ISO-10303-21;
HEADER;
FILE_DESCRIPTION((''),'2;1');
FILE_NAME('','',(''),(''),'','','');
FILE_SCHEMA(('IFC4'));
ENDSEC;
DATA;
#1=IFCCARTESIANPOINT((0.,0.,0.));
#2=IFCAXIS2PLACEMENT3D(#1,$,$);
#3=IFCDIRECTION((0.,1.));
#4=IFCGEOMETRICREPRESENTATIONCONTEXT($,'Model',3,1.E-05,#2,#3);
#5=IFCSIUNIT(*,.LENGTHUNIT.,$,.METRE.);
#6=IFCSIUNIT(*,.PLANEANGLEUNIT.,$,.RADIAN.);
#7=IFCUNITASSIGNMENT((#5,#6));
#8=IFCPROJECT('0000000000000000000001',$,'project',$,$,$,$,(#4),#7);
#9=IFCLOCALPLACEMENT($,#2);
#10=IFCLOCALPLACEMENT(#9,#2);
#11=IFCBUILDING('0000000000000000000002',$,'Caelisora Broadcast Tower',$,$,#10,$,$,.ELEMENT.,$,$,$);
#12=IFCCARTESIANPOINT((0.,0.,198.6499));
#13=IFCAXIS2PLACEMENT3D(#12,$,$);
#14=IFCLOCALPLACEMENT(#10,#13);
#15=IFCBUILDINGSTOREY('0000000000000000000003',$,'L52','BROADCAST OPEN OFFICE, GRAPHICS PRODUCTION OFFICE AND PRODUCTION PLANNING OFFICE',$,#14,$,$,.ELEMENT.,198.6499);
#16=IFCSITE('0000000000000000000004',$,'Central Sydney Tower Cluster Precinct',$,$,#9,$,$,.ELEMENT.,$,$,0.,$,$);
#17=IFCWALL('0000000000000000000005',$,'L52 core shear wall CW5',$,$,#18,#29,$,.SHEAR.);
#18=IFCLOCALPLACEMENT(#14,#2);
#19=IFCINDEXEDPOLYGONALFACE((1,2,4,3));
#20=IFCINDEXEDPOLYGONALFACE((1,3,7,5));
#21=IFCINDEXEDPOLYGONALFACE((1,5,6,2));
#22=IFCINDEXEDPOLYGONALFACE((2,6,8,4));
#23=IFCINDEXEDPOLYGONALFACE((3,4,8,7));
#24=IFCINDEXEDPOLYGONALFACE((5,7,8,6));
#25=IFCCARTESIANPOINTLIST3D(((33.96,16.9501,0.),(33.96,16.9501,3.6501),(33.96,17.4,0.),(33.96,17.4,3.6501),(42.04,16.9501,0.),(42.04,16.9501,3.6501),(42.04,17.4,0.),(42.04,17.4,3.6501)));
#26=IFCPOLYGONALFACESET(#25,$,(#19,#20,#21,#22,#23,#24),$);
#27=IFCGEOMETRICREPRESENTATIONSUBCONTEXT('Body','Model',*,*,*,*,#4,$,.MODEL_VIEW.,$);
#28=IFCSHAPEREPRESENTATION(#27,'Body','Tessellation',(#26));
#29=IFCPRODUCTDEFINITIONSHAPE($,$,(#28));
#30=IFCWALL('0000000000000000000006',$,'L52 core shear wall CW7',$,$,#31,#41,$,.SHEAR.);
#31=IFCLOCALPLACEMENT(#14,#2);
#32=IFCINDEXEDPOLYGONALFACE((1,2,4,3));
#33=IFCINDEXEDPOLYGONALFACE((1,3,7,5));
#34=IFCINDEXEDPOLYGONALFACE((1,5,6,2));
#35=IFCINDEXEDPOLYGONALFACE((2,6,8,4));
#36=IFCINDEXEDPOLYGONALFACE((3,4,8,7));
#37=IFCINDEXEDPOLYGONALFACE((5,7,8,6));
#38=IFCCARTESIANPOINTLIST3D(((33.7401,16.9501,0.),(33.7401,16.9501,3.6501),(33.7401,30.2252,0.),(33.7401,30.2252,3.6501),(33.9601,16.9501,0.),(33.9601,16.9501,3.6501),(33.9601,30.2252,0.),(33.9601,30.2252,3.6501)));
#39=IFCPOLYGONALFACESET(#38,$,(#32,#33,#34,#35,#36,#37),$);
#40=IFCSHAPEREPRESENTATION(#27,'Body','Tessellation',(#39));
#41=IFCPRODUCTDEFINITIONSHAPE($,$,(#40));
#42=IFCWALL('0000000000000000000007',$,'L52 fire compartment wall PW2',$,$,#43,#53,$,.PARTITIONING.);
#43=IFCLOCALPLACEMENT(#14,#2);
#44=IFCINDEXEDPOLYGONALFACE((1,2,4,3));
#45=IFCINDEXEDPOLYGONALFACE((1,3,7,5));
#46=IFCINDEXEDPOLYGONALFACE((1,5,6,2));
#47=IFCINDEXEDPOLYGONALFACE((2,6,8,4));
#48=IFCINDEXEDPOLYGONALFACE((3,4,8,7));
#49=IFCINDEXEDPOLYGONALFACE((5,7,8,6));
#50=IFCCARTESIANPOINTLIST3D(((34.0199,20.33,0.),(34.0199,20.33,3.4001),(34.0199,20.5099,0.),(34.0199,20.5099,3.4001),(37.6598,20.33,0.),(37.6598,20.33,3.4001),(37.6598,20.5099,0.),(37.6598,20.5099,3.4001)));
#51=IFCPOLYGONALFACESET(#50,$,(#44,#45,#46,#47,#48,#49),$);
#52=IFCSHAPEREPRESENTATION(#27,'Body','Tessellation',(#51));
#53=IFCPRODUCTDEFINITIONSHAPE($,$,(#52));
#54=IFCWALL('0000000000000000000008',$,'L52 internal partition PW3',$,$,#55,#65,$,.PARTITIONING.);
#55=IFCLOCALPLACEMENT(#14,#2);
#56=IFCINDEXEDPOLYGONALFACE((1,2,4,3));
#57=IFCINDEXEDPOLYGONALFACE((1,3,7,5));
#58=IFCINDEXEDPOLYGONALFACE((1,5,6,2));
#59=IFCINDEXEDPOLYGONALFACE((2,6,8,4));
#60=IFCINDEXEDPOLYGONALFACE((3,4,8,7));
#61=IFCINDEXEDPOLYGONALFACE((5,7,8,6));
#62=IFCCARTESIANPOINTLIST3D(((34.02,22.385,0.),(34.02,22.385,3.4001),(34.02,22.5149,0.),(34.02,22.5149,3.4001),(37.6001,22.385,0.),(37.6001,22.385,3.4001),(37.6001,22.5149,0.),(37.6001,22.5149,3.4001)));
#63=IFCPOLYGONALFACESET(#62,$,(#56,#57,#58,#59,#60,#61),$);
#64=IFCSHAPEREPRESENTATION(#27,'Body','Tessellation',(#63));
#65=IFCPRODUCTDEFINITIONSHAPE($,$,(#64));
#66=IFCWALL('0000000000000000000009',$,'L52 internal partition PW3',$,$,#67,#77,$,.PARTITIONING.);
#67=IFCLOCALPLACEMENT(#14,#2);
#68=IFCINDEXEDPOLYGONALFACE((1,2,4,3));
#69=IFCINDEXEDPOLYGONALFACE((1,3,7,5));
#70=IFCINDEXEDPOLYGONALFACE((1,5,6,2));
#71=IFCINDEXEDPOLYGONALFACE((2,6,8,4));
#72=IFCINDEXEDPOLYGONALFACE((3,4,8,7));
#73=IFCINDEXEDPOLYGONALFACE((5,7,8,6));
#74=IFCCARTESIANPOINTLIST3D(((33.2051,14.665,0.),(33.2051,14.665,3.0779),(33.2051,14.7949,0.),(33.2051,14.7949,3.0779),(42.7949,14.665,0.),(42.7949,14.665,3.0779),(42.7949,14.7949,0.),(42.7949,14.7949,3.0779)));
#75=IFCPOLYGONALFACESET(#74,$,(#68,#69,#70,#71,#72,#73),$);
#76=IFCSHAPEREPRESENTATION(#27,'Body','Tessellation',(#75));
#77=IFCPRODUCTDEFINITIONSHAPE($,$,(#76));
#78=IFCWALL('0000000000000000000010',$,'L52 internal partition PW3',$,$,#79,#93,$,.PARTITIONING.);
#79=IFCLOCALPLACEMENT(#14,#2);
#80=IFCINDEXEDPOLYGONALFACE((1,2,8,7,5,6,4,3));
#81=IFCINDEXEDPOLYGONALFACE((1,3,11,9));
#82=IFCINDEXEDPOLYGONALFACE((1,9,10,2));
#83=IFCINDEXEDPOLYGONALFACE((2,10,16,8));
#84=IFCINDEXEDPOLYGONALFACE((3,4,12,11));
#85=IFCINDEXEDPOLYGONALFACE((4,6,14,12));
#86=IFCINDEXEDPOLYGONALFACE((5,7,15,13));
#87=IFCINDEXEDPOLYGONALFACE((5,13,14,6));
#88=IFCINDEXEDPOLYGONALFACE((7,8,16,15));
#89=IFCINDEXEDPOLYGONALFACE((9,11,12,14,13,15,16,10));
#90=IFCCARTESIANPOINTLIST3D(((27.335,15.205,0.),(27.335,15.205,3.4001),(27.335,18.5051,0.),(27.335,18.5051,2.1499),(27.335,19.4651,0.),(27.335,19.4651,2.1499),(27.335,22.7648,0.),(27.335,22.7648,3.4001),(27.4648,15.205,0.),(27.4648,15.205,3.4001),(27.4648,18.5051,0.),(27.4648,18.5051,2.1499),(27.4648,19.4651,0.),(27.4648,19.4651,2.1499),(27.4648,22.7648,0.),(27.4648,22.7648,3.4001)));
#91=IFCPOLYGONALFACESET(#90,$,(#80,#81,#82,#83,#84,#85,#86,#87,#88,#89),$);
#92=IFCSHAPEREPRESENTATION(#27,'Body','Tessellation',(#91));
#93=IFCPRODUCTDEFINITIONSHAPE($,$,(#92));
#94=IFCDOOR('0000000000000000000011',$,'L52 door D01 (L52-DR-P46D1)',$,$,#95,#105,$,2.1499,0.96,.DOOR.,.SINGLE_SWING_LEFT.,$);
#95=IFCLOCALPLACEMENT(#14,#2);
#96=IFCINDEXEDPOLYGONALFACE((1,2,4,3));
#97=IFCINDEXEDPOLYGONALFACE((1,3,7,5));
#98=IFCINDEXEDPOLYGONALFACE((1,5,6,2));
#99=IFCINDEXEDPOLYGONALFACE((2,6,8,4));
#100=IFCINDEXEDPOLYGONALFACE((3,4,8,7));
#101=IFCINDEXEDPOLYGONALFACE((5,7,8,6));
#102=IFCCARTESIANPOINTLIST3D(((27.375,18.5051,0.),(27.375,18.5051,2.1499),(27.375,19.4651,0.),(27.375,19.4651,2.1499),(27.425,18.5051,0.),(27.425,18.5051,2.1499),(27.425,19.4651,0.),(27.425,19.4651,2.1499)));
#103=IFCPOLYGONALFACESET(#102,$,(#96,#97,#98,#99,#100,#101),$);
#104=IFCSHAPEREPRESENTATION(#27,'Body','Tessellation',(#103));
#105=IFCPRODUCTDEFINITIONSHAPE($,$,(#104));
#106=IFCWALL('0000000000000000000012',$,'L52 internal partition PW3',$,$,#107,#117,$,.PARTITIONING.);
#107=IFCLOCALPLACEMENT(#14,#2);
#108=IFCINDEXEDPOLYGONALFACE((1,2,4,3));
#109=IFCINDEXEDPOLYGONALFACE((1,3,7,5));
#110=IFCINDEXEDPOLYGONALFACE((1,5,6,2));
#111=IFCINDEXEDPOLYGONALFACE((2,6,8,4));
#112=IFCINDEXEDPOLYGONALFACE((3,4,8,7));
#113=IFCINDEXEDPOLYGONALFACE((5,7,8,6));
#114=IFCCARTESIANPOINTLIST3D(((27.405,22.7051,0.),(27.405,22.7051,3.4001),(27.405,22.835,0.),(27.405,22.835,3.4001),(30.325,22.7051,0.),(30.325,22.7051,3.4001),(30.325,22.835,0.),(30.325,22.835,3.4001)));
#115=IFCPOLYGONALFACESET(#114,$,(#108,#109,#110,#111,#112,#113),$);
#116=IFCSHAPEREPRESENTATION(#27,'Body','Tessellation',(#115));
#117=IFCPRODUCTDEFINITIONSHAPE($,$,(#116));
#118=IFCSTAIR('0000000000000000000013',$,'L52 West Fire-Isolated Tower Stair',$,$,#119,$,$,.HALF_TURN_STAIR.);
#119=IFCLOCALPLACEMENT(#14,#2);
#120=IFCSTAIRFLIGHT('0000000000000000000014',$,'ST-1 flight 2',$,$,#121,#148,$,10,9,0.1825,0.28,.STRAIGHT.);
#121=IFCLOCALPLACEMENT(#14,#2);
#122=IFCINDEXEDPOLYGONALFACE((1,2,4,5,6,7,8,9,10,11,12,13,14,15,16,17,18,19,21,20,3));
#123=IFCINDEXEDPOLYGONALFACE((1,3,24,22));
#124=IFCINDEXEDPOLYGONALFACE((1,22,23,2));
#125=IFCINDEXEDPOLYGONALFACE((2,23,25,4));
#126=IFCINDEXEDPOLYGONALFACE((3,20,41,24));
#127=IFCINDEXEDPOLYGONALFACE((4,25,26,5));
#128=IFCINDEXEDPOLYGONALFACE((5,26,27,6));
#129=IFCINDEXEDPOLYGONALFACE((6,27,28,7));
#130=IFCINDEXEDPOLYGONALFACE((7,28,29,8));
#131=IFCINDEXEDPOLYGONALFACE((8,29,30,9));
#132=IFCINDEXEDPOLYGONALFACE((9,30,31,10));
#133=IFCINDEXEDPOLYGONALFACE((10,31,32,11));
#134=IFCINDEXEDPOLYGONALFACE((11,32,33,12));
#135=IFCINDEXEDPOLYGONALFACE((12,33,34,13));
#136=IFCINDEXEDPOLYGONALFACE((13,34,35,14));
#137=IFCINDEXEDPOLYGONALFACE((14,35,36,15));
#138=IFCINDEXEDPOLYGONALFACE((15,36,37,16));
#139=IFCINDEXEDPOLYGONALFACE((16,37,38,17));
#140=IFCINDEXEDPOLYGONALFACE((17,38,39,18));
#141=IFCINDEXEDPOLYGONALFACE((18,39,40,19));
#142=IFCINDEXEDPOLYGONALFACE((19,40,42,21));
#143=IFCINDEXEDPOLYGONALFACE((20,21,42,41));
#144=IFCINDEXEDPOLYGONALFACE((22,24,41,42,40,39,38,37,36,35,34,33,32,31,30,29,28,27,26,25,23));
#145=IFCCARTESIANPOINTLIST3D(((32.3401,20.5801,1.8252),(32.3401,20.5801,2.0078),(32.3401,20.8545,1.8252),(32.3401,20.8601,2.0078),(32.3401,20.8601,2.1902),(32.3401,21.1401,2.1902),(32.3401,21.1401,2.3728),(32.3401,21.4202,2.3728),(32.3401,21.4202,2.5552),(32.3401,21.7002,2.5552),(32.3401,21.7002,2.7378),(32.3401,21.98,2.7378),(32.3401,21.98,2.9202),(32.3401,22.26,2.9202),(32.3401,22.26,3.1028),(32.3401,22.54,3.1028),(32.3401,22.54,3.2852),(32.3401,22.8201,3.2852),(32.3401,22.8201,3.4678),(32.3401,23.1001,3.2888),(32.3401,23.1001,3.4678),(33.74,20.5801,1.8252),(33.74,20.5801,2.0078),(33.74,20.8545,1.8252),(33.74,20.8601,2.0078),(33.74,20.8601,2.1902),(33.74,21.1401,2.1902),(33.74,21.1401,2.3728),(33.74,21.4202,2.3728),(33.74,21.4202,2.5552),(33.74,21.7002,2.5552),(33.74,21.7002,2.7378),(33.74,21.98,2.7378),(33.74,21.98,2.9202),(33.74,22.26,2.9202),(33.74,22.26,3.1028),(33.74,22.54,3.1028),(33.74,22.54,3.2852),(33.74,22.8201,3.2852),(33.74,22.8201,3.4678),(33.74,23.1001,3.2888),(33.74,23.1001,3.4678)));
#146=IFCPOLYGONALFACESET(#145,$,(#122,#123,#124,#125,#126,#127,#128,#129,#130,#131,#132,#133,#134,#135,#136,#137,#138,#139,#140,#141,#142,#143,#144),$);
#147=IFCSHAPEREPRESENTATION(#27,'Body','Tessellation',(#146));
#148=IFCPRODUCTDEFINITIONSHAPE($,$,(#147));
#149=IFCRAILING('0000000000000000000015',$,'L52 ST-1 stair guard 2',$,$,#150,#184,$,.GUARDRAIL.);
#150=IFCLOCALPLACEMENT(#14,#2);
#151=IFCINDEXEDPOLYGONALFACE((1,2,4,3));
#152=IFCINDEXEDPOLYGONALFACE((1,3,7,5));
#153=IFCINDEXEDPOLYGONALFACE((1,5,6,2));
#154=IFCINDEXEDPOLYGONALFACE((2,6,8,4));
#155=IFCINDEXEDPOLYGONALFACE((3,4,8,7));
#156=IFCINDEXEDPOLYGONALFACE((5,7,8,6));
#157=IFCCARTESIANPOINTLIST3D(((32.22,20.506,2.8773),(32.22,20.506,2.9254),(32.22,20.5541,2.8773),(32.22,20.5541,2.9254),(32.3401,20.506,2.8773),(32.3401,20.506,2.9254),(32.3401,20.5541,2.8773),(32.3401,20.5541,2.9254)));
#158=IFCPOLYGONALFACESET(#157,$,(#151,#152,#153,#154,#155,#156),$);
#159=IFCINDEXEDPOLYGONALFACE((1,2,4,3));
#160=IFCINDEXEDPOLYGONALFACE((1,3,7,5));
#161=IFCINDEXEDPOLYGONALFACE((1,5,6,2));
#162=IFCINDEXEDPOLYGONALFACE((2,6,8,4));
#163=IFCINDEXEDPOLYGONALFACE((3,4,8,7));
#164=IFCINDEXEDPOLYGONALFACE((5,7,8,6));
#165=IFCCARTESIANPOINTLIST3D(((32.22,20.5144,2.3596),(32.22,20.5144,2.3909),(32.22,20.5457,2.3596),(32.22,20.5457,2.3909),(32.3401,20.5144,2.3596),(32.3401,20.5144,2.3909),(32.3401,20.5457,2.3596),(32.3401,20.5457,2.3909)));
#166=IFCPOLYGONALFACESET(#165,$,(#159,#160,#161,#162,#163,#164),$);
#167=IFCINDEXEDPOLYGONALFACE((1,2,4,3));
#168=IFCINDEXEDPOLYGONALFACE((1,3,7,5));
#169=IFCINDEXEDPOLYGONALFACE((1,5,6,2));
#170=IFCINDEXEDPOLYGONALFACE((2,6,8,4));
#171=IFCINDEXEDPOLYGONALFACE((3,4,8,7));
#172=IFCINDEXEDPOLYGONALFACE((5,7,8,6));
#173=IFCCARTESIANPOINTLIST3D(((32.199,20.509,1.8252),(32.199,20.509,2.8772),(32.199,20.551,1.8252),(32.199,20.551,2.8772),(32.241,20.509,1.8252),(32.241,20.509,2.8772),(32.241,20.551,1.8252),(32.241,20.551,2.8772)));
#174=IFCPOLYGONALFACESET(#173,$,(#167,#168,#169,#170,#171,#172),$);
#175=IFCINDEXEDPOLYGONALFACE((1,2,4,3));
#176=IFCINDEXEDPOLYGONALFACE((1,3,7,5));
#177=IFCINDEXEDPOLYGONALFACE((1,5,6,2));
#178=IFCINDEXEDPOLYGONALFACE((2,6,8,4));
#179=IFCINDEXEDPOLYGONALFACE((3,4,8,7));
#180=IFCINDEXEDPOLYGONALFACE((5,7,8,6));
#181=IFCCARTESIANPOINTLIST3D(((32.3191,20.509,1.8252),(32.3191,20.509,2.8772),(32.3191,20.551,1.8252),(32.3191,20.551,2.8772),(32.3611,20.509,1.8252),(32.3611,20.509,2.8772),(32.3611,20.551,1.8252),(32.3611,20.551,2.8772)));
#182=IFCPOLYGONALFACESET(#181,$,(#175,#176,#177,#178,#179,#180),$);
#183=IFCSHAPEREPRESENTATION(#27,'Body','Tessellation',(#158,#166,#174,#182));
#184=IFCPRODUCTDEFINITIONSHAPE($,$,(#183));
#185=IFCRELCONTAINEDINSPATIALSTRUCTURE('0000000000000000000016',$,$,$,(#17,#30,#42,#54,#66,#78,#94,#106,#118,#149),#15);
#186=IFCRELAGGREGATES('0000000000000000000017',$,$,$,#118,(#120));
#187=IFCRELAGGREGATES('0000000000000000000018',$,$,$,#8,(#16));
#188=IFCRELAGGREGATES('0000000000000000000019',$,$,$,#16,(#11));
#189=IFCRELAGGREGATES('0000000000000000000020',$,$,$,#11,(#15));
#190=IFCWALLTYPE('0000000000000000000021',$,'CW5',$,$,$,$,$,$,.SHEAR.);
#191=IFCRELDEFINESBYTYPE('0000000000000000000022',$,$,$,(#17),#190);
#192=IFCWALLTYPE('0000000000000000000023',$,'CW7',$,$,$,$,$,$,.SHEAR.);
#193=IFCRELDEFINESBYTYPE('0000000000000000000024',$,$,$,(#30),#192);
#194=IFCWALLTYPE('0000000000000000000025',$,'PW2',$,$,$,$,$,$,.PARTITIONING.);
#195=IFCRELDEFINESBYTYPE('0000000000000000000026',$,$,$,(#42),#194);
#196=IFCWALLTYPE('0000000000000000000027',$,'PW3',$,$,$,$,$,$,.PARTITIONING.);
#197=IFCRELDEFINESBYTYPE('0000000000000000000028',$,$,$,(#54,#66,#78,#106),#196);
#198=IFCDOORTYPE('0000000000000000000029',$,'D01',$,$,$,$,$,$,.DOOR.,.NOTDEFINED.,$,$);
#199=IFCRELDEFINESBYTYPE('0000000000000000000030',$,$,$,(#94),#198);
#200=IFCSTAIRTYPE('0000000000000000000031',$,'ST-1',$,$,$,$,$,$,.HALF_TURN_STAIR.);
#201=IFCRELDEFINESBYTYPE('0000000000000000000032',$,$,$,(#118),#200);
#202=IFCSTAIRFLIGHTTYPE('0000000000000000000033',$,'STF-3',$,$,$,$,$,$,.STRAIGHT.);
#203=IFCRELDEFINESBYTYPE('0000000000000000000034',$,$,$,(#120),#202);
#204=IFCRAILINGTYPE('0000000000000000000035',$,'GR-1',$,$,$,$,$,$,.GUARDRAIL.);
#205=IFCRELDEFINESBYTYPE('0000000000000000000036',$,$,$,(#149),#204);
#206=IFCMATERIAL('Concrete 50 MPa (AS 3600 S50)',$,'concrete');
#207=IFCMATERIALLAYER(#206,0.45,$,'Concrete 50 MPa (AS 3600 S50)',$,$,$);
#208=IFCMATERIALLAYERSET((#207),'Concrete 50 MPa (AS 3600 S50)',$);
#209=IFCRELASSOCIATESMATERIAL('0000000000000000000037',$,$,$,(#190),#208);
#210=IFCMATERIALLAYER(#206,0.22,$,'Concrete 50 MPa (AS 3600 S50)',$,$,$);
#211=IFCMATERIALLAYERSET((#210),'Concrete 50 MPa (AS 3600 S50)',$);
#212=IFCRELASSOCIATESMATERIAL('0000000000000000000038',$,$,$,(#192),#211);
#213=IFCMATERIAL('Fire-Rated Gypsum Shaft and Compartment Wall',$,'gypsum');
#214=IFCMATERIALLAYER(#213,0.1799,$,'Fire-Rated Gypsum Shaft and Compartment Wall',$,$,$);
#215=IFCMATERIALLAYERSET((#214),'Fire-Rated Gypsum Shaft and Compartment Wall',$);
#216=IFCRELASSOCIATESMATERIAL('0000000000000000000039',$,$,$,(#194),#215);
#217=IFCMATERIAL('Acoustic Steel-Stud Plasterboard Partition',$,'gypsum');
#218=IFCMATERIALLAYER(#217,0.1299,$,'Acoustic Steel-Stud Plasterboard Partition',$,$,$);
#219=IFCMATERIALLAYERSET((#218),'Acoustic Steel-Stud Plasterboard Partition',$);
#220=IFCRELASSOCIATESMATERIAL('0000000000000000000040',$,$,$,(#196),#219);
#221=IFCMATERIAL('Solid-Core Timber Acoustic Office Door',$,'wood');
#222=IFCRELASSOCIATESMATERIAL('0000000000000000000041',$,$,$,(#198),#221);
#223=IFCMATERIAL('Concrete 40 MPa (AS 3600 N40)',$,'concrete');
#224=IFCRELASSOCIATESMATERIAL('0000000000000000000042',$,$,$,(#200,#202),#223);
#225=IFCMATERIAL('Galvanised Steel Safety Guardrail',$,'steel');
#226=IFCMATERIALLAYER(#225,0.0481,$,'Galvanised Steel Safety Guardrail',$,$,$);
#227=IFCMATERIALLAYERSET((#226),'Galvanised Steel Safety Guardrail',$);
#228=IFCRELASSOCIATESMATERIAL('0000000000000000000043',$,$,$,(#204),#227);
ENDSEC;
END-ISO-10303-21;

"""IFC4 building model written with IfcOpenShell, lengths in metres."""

from ifc_helpers import new_model, si_unit, direction, frame, frame_2d, origin, origin_2d, place, context, subcontext, project, spatial, polyline, rectangle, outline, extrude, material, layer, layer_set, type_object, element, fill, aggregate, save


model = new_model("IFC4")

# Units and contexts
model_context = context("Model", 3, precision=1e-05, world=origin(), true_north=direction((0.0, 1.0)))
body_context = subcontext(model_context, "Body", "Model", "MODEL_VIEW")
ifc_project = project(units=[si_unit("LENGTHUNIT", "METRE"), si_unit("PLANEANGLEUNIT", "RADIAN")], contexts=[model_context])

# Site, building, storey
site_placement = place(None, origin())
site = spatial("IfcSite", under=ifc_project, at=site_placement, Name="Central Sydney Tower Cluster Precinct", CompositionType="ELEMENT", RefElevation=0.0)
building_placement = place(site_placement, origin())
building = spatial("IfcBuilding", under=site, at=building_placement, Name="Caelisora Broadcast Tower", CompositionType="ELEMENT")
storey_placement = place(building_placement, frame((0.0, 0.0, 198.6499)))
storey = spatial("IfcBuildingStorey", under=building, at=storey_placement, Name="L52", Description="BROADCAST OPEN OFFICE, GRAPHICS PRODUCTION OFFICE AND PRODUCTION PLANNING OFFICE", CompositionType="ELEMENT", Elevation=198.6499)

# Shared definitions
ifc_material_1 = material(Name="Concrete 50 MPa (AS 3600 S50)", Category="concrete")

# Walls
ifc_layer_1 = layer(ifc_material_1, 0.45, Name="Concrete 50 MPa (AS 3600 S50)")
ifc_layer_set_1 = layer_set([ifc_layer_1], Name="Concrete 50 MPa (AS 3600 S50)")
wall_type_1 = type_object("IfcWallType", Name="CW5", PredefinedType="SHEAR", material=ifc_layer_set_1)
wall_1_placement = place(storey_placement, frame((33.96, 17.175, 0.0), z_axis=(0.0, 0.0, 1.0), x_axis=(1.0, 0.0, 0.0)))
element("IfcWall", 1, at=wall_1_placement, inside=storey, type_object=wall_type_1, Name="L52 core shear wall CW5", PredefinedType="SHEAR", context=body_context, shape_type="SweptSolid", body=[
    extrude(rectangle(XDim=8.0801, YDim=0.45, at=frame_2d((4.04, 0.0))), origin(), (0.0, 0.0, 1.0), 3.6501),
])
ifc_layer_2 = layer(ifc_material_1, 0.22, Name="Concrete 50 MPa (AS 3600 S50)")
ifc_layer_set_2 = layer_set([ifc_layer_2], Name="Concrete 50 MPa (AS 3600 S50)")
wall_type_2 = type_object("IfcWallType", Name="CW7", PredefinedType="SHEAR", material=ifc_layer_set_2)
wall_2_placement = place(storey_placement, frame((33.8501, 16.95, 0.0), z_axis=(0.0, 0.0, 1.0), x_axis=(0.0, 1.0, 0.0)))
element("IfcWall", 2, at=wall_2_placement, inside=storey, type_object=wall_type_2, Name="L52 core shear wall CW7", PredefinedType="SHEAR", context=body_context, shape_type="SweptSolid", body=[
    extrude(rectangle(XDim=13.2751, YDim=0.22, at=frame_2d((6.6377, 0.0))), origin(), (0.0, 0.0, 1.0), 3.6501),
])
ifc_material_2 = material(Name="Fire-Rated Gypsum Shaft and Compartment Wall", Category="gypsum")
ifc_layer_3 = layer(ifc_material_2, 0.1799, Name="Fire-Rated Gypsum Shaft and Compartment Wall")
ifc_layer_set_3 = layer_set([ifc_layer_3], Name="Fire-Rated Gypsum Shaft and Compartment Wall")
wall_type_3 = type_object("IfcWallType", Name="PW2", PredefinedType="PARTITIONING", material=ifc_layer_set_3)
wall_3_placement = place(storey_placement, frame((34.02, 20.4199, 0.0), z_axis=(0.0, 0.0, 1.0), x_axis=(1.0, 0.0, 0.0)))
element("IfcWall", 3, at=wall_3_placement, inside=storey, type_object=wall_type_3, Name="L52 fire compartment wall PW2", PredefinedType="PARTITIONING", context=body_context, shape_type="SweptSolid", body=[
    extrude(rectangle(XDim=3.6399, YDim=0.1799, at=frame_2d((1.8198, 0.0))), origin(), (0.0, 0.0, 1.0), 3.4001),
])
ifc_material_3 = material(Name="Acoustic Steel-Stud Plasterboard Partition", Category="gypsum")
ifc_layer_4 = layer(ifc_material_3, 0.1299, Name="Acoustic Steel-Stud Plasterboard Partition")
ifc_layer_set_4 = layer_set([ifc_layer_4], Name="Acoustic Steel-Stud Plasterboard Partition")
wall_type_4 = type_object("IfcWallType", Name="PW3", PredefinedType="PARTITIONING", material=ifc_layer_set_4)
wall_4_placement = place(storey_placement, frame((34.02, 22.45, 0.0), z_axis=(0.0, 0.0, 1.0), x_axis=(1.0, 0.0, 0.0)))
element("IfcWall", 4, at=wall_4_placement, inside=storey, type_object=wall_type_4, Name="L52 internal partition PW3", PredefinedType="PARTITIONING", context=body_context, shape_type="SweptSolid", body=[
    extrude(rectangle(XDim=3.5801, YDim=0.1299, at=frame_2d((1.79, 0.0))), origin(), (0.0, 0.0, 1.0), 3.4001),
])
wall_5_placement = place(storey_placement, frame((33.2051, 14.73, 0.0), z_axis=(0.0, 0.0, 1.0), x_axis=(1.0, 0.0, 0.0)))
element("IfcWall", 5, at=wall_5_placement, inside=storey, type_object=wall_type_4, Name="L52 internal partition PW3", PredefinedType="PARTITIONING", context=body_context, shape_type="SweptSolid", body=[
    extrude(rectangle(XDim=9.5898, YDim=0.1299, at=frame_2d((4.7949, 0.0))), origin(), (0.0, 0.0, 1.0), 3.0779),
])

# Wall, opening, door
wall_6_placement = place(storey_placement, frame((27.3999, 15.2051, 0.0), z_axis=(0.0, 0.0, 1.0), x_axis=(0.0, 1.0, 0.0)))
wall_6 = element("IfcWall", 6, at=wall_6_placement, inside=storey, type_object=wall_type_4, Name="L52 internal partition PW3", PredefinedType="PARTITIONING", context=body_context, shape_type="SweptSolid", body=[
    extrude(rectangle(XDim=7.5598, YDim=0.1299, at=frame_2d((3.7798, 0.0))), origin(), (0.0, 0.0, 1.0), 3.4001),
])
opening_1_placement = place(wall_6_placement, frame((3.3, 0.0, 0.0)))
opening_1 = element("IfcOpeningElement", 7, at=opening_1_placement, cuts=wall_6, PredefinedType="OPENING", context=body_context, shape_type="SweptSolid", body=[
    extrude(rectangle(XDim=0.96, YDim=2.1499, at=frame_2d((0.48, 1.075))), frame((0.0, 0.0769, 0.0), z_axis=(0.0, -1.0, 0.0), x_axis=(1.0, 0.0, 0.0)), (0.0, 0.0, 1.0), 0.1538),
])
ifc_material_4 = material(Name="Solid-Core Timber Acoustic Office Door", Category="wood")
door_type_1 = type_object("IfcDoorType", Name="D01", OperationType="NOTDEFINED", PredefinedType="DOOR", material=ifc_material_4)
door_1_placement = place(opening_1_placement, origin())
door_1 = element("IfcDoor", 8, at=door_1_placement, inside=storey, type_object=door_type_1, Name="L52 door D01 (L52-DR-P46D1)", OperationType="SINGLE_SWING_LEFT", OverallHeight=2.1499, OverallWidth=0.96, PredefinedType="DOOR", context=body_context, shape_type="SweptSolid", body=[
    extrude(rectangle(XDim=0.96, YDim=2.1499, at=frame_2d((0.48, 1.075))), frame((0.0, 0.0249, 0.0), z_axis=(0.0, -1.0, 0.0), x_axis=(1.0, 0.0, 0.0)), (0.0, 0.0, 1.0), 0.05),
])
fill(opening_1, door_1)

# Wall
wall_7_placement = place(storey_placement, frame((27.405, 22.77, 0.0), z_axis=(0.0, 0.0, 1.0), x_axis=(1.0, 0.0, 0.0)))
element("IfcWall", 9, at=wall_7_placement, inside=storey, type_object=wall_type_4, Name="L52 internal partition PW3", PredefinedType="PARTITIONING", context=body_context, shape_type="SweptSolid", body=[
    extrude(rectangle(XDim=2.9199, YDim=0.1299, at=frame_2d((1.46, 0.0))), origin(), (0.0, 0.0, 1.0), 3.4001),
])

# Stair, stair flight
ifc_material_5 = material(Name="Concrete 40 MPa (AS 3600 N40)", Category="concrete")
stair_type = type_object("IfcStairType", Name="ST-1", PredefinedType="HALF_TURN_STAIR", material=ifc_material_5)
stair_placement = place(storey_placement, origin())
stair = element("IfcStair", 10, at=stair_placement, inside=storey, type_object=stair_type, Name="L52 West Fire-Isolated Tower Stair", PredefinedType="HALF_TURN_STAIR")
stair_flight_type = type_object("IfcStairFlightType", Name="STF-3", PredefinedType="STRAIGHT", material=ifc_material_5)
stair_flight_placement = place(storey_placement, frame((33.04, 20.5801, 1.8252), z_axis=(0.0, 0.0, 1.0), x_axis=(0.0, 1.0, 0.0)))
stair_flight = element("IfcStairFlight", 11, at=stair_flight_placement, type_object=stair_flight_type, Name="ST-1 flight 2", NumberOfRisers=10, NumberOfTreads=9, PredefinedType="STRAIGHT", RiserHeight=0.1825, TreadLength=0.28, context=body_context, shape_type="SweptSolid", body=[
    extrude(outline(polyline([(0.0, 0.0), (0.0, 0.1826), (0.28, 0.1826), (0.28, 0.365), (0.5601, 0.365), (0.5601, 0.5476), (0.8401, 0.5476), (0.8401, 0.73), (1.1201, 0.73), (1.1201, 0.9126), (1.3999, 0.9126), (1.3999, 1.095), (1.6799, 1.095), (1.6799, 1.2776), (1.96, 1.2776), (1.96, 1.46), (2.24, 1.46), (2.24, 1.6426), (2.52, 1.6426), (2.52, 1.825), (2.52, 1.4636), (0.2744, 0.0), (0.0, 0.0)])), frame((0.0, 0.7, 0.0), z_axis=(0.0, -1.0, 0.0), x_axis=(1.0, 0.0, 0.0)), (0.0, 0.0, 1.0), 1.3999),
])
aggregate(stair, [stair_flight])

# Railing
ifc_material_6 = material(Name="Galvanised Steel Safety Guardrail", Category="steel")
ifc_layer_5 = layer(ifc_material_6, 0.0481, Name="Galvanised Steel Safety Guardrail")
ifc_layer_set_5 = layer_set([ifc_layer_5], Name="Galvanised Steel Safety Guardrail")
railing_type_1 = type_object("IfcRailingType", Name="GR-1", PredefinedType="GUARDRAIL", material=ifc_layer_set_5)
railing_1_placement = place(storey_placement, frame((32.22, 20.53, 1.8252)))
element("IfcRailing", 12, at=railing_1_placement, inside=storey, type_object=railing_type_1, Name="L52 ST-1 stair guard 2", PredefinedType="GUARDRAIL", context=body_context, shape_type="SweptSolid", body=[
    extrude(rectangle(XDim=0.0481, YDim=0.0481, at=origin_2d()), frame((0.0, 0.0, 1.0762), z_axis=(1.0, 0.0, 0.0), x_axis=(0.0, 1.0, 0.0)), (0.0, 0.0, 1.0), 0.1201),
    extrude(rectangle(XDim=0.0312, YDim=0.0312, at=origin_2d()), frame((0.0, 0.0, 0.55), z_axis=(1.0, 0.0, 0.0), x_axis=(0.0, 1.0, 0.0)), (0.0, 0.0, 1.0), 0.1201),
    extrude(rectangle(XDim=0.042, YDim=0.042, at=origin_2d()), origin(), (0.0, 0.0, 1.0), 1.052),
    extrude(rectangle(XDim=0.042, YDim=0.042, at=origin_2d()), frame((0.1201, 0.0, 0.0)), (0.0, 0.0, 1.0), 1.052),
])

save(model, "model.ifc")
